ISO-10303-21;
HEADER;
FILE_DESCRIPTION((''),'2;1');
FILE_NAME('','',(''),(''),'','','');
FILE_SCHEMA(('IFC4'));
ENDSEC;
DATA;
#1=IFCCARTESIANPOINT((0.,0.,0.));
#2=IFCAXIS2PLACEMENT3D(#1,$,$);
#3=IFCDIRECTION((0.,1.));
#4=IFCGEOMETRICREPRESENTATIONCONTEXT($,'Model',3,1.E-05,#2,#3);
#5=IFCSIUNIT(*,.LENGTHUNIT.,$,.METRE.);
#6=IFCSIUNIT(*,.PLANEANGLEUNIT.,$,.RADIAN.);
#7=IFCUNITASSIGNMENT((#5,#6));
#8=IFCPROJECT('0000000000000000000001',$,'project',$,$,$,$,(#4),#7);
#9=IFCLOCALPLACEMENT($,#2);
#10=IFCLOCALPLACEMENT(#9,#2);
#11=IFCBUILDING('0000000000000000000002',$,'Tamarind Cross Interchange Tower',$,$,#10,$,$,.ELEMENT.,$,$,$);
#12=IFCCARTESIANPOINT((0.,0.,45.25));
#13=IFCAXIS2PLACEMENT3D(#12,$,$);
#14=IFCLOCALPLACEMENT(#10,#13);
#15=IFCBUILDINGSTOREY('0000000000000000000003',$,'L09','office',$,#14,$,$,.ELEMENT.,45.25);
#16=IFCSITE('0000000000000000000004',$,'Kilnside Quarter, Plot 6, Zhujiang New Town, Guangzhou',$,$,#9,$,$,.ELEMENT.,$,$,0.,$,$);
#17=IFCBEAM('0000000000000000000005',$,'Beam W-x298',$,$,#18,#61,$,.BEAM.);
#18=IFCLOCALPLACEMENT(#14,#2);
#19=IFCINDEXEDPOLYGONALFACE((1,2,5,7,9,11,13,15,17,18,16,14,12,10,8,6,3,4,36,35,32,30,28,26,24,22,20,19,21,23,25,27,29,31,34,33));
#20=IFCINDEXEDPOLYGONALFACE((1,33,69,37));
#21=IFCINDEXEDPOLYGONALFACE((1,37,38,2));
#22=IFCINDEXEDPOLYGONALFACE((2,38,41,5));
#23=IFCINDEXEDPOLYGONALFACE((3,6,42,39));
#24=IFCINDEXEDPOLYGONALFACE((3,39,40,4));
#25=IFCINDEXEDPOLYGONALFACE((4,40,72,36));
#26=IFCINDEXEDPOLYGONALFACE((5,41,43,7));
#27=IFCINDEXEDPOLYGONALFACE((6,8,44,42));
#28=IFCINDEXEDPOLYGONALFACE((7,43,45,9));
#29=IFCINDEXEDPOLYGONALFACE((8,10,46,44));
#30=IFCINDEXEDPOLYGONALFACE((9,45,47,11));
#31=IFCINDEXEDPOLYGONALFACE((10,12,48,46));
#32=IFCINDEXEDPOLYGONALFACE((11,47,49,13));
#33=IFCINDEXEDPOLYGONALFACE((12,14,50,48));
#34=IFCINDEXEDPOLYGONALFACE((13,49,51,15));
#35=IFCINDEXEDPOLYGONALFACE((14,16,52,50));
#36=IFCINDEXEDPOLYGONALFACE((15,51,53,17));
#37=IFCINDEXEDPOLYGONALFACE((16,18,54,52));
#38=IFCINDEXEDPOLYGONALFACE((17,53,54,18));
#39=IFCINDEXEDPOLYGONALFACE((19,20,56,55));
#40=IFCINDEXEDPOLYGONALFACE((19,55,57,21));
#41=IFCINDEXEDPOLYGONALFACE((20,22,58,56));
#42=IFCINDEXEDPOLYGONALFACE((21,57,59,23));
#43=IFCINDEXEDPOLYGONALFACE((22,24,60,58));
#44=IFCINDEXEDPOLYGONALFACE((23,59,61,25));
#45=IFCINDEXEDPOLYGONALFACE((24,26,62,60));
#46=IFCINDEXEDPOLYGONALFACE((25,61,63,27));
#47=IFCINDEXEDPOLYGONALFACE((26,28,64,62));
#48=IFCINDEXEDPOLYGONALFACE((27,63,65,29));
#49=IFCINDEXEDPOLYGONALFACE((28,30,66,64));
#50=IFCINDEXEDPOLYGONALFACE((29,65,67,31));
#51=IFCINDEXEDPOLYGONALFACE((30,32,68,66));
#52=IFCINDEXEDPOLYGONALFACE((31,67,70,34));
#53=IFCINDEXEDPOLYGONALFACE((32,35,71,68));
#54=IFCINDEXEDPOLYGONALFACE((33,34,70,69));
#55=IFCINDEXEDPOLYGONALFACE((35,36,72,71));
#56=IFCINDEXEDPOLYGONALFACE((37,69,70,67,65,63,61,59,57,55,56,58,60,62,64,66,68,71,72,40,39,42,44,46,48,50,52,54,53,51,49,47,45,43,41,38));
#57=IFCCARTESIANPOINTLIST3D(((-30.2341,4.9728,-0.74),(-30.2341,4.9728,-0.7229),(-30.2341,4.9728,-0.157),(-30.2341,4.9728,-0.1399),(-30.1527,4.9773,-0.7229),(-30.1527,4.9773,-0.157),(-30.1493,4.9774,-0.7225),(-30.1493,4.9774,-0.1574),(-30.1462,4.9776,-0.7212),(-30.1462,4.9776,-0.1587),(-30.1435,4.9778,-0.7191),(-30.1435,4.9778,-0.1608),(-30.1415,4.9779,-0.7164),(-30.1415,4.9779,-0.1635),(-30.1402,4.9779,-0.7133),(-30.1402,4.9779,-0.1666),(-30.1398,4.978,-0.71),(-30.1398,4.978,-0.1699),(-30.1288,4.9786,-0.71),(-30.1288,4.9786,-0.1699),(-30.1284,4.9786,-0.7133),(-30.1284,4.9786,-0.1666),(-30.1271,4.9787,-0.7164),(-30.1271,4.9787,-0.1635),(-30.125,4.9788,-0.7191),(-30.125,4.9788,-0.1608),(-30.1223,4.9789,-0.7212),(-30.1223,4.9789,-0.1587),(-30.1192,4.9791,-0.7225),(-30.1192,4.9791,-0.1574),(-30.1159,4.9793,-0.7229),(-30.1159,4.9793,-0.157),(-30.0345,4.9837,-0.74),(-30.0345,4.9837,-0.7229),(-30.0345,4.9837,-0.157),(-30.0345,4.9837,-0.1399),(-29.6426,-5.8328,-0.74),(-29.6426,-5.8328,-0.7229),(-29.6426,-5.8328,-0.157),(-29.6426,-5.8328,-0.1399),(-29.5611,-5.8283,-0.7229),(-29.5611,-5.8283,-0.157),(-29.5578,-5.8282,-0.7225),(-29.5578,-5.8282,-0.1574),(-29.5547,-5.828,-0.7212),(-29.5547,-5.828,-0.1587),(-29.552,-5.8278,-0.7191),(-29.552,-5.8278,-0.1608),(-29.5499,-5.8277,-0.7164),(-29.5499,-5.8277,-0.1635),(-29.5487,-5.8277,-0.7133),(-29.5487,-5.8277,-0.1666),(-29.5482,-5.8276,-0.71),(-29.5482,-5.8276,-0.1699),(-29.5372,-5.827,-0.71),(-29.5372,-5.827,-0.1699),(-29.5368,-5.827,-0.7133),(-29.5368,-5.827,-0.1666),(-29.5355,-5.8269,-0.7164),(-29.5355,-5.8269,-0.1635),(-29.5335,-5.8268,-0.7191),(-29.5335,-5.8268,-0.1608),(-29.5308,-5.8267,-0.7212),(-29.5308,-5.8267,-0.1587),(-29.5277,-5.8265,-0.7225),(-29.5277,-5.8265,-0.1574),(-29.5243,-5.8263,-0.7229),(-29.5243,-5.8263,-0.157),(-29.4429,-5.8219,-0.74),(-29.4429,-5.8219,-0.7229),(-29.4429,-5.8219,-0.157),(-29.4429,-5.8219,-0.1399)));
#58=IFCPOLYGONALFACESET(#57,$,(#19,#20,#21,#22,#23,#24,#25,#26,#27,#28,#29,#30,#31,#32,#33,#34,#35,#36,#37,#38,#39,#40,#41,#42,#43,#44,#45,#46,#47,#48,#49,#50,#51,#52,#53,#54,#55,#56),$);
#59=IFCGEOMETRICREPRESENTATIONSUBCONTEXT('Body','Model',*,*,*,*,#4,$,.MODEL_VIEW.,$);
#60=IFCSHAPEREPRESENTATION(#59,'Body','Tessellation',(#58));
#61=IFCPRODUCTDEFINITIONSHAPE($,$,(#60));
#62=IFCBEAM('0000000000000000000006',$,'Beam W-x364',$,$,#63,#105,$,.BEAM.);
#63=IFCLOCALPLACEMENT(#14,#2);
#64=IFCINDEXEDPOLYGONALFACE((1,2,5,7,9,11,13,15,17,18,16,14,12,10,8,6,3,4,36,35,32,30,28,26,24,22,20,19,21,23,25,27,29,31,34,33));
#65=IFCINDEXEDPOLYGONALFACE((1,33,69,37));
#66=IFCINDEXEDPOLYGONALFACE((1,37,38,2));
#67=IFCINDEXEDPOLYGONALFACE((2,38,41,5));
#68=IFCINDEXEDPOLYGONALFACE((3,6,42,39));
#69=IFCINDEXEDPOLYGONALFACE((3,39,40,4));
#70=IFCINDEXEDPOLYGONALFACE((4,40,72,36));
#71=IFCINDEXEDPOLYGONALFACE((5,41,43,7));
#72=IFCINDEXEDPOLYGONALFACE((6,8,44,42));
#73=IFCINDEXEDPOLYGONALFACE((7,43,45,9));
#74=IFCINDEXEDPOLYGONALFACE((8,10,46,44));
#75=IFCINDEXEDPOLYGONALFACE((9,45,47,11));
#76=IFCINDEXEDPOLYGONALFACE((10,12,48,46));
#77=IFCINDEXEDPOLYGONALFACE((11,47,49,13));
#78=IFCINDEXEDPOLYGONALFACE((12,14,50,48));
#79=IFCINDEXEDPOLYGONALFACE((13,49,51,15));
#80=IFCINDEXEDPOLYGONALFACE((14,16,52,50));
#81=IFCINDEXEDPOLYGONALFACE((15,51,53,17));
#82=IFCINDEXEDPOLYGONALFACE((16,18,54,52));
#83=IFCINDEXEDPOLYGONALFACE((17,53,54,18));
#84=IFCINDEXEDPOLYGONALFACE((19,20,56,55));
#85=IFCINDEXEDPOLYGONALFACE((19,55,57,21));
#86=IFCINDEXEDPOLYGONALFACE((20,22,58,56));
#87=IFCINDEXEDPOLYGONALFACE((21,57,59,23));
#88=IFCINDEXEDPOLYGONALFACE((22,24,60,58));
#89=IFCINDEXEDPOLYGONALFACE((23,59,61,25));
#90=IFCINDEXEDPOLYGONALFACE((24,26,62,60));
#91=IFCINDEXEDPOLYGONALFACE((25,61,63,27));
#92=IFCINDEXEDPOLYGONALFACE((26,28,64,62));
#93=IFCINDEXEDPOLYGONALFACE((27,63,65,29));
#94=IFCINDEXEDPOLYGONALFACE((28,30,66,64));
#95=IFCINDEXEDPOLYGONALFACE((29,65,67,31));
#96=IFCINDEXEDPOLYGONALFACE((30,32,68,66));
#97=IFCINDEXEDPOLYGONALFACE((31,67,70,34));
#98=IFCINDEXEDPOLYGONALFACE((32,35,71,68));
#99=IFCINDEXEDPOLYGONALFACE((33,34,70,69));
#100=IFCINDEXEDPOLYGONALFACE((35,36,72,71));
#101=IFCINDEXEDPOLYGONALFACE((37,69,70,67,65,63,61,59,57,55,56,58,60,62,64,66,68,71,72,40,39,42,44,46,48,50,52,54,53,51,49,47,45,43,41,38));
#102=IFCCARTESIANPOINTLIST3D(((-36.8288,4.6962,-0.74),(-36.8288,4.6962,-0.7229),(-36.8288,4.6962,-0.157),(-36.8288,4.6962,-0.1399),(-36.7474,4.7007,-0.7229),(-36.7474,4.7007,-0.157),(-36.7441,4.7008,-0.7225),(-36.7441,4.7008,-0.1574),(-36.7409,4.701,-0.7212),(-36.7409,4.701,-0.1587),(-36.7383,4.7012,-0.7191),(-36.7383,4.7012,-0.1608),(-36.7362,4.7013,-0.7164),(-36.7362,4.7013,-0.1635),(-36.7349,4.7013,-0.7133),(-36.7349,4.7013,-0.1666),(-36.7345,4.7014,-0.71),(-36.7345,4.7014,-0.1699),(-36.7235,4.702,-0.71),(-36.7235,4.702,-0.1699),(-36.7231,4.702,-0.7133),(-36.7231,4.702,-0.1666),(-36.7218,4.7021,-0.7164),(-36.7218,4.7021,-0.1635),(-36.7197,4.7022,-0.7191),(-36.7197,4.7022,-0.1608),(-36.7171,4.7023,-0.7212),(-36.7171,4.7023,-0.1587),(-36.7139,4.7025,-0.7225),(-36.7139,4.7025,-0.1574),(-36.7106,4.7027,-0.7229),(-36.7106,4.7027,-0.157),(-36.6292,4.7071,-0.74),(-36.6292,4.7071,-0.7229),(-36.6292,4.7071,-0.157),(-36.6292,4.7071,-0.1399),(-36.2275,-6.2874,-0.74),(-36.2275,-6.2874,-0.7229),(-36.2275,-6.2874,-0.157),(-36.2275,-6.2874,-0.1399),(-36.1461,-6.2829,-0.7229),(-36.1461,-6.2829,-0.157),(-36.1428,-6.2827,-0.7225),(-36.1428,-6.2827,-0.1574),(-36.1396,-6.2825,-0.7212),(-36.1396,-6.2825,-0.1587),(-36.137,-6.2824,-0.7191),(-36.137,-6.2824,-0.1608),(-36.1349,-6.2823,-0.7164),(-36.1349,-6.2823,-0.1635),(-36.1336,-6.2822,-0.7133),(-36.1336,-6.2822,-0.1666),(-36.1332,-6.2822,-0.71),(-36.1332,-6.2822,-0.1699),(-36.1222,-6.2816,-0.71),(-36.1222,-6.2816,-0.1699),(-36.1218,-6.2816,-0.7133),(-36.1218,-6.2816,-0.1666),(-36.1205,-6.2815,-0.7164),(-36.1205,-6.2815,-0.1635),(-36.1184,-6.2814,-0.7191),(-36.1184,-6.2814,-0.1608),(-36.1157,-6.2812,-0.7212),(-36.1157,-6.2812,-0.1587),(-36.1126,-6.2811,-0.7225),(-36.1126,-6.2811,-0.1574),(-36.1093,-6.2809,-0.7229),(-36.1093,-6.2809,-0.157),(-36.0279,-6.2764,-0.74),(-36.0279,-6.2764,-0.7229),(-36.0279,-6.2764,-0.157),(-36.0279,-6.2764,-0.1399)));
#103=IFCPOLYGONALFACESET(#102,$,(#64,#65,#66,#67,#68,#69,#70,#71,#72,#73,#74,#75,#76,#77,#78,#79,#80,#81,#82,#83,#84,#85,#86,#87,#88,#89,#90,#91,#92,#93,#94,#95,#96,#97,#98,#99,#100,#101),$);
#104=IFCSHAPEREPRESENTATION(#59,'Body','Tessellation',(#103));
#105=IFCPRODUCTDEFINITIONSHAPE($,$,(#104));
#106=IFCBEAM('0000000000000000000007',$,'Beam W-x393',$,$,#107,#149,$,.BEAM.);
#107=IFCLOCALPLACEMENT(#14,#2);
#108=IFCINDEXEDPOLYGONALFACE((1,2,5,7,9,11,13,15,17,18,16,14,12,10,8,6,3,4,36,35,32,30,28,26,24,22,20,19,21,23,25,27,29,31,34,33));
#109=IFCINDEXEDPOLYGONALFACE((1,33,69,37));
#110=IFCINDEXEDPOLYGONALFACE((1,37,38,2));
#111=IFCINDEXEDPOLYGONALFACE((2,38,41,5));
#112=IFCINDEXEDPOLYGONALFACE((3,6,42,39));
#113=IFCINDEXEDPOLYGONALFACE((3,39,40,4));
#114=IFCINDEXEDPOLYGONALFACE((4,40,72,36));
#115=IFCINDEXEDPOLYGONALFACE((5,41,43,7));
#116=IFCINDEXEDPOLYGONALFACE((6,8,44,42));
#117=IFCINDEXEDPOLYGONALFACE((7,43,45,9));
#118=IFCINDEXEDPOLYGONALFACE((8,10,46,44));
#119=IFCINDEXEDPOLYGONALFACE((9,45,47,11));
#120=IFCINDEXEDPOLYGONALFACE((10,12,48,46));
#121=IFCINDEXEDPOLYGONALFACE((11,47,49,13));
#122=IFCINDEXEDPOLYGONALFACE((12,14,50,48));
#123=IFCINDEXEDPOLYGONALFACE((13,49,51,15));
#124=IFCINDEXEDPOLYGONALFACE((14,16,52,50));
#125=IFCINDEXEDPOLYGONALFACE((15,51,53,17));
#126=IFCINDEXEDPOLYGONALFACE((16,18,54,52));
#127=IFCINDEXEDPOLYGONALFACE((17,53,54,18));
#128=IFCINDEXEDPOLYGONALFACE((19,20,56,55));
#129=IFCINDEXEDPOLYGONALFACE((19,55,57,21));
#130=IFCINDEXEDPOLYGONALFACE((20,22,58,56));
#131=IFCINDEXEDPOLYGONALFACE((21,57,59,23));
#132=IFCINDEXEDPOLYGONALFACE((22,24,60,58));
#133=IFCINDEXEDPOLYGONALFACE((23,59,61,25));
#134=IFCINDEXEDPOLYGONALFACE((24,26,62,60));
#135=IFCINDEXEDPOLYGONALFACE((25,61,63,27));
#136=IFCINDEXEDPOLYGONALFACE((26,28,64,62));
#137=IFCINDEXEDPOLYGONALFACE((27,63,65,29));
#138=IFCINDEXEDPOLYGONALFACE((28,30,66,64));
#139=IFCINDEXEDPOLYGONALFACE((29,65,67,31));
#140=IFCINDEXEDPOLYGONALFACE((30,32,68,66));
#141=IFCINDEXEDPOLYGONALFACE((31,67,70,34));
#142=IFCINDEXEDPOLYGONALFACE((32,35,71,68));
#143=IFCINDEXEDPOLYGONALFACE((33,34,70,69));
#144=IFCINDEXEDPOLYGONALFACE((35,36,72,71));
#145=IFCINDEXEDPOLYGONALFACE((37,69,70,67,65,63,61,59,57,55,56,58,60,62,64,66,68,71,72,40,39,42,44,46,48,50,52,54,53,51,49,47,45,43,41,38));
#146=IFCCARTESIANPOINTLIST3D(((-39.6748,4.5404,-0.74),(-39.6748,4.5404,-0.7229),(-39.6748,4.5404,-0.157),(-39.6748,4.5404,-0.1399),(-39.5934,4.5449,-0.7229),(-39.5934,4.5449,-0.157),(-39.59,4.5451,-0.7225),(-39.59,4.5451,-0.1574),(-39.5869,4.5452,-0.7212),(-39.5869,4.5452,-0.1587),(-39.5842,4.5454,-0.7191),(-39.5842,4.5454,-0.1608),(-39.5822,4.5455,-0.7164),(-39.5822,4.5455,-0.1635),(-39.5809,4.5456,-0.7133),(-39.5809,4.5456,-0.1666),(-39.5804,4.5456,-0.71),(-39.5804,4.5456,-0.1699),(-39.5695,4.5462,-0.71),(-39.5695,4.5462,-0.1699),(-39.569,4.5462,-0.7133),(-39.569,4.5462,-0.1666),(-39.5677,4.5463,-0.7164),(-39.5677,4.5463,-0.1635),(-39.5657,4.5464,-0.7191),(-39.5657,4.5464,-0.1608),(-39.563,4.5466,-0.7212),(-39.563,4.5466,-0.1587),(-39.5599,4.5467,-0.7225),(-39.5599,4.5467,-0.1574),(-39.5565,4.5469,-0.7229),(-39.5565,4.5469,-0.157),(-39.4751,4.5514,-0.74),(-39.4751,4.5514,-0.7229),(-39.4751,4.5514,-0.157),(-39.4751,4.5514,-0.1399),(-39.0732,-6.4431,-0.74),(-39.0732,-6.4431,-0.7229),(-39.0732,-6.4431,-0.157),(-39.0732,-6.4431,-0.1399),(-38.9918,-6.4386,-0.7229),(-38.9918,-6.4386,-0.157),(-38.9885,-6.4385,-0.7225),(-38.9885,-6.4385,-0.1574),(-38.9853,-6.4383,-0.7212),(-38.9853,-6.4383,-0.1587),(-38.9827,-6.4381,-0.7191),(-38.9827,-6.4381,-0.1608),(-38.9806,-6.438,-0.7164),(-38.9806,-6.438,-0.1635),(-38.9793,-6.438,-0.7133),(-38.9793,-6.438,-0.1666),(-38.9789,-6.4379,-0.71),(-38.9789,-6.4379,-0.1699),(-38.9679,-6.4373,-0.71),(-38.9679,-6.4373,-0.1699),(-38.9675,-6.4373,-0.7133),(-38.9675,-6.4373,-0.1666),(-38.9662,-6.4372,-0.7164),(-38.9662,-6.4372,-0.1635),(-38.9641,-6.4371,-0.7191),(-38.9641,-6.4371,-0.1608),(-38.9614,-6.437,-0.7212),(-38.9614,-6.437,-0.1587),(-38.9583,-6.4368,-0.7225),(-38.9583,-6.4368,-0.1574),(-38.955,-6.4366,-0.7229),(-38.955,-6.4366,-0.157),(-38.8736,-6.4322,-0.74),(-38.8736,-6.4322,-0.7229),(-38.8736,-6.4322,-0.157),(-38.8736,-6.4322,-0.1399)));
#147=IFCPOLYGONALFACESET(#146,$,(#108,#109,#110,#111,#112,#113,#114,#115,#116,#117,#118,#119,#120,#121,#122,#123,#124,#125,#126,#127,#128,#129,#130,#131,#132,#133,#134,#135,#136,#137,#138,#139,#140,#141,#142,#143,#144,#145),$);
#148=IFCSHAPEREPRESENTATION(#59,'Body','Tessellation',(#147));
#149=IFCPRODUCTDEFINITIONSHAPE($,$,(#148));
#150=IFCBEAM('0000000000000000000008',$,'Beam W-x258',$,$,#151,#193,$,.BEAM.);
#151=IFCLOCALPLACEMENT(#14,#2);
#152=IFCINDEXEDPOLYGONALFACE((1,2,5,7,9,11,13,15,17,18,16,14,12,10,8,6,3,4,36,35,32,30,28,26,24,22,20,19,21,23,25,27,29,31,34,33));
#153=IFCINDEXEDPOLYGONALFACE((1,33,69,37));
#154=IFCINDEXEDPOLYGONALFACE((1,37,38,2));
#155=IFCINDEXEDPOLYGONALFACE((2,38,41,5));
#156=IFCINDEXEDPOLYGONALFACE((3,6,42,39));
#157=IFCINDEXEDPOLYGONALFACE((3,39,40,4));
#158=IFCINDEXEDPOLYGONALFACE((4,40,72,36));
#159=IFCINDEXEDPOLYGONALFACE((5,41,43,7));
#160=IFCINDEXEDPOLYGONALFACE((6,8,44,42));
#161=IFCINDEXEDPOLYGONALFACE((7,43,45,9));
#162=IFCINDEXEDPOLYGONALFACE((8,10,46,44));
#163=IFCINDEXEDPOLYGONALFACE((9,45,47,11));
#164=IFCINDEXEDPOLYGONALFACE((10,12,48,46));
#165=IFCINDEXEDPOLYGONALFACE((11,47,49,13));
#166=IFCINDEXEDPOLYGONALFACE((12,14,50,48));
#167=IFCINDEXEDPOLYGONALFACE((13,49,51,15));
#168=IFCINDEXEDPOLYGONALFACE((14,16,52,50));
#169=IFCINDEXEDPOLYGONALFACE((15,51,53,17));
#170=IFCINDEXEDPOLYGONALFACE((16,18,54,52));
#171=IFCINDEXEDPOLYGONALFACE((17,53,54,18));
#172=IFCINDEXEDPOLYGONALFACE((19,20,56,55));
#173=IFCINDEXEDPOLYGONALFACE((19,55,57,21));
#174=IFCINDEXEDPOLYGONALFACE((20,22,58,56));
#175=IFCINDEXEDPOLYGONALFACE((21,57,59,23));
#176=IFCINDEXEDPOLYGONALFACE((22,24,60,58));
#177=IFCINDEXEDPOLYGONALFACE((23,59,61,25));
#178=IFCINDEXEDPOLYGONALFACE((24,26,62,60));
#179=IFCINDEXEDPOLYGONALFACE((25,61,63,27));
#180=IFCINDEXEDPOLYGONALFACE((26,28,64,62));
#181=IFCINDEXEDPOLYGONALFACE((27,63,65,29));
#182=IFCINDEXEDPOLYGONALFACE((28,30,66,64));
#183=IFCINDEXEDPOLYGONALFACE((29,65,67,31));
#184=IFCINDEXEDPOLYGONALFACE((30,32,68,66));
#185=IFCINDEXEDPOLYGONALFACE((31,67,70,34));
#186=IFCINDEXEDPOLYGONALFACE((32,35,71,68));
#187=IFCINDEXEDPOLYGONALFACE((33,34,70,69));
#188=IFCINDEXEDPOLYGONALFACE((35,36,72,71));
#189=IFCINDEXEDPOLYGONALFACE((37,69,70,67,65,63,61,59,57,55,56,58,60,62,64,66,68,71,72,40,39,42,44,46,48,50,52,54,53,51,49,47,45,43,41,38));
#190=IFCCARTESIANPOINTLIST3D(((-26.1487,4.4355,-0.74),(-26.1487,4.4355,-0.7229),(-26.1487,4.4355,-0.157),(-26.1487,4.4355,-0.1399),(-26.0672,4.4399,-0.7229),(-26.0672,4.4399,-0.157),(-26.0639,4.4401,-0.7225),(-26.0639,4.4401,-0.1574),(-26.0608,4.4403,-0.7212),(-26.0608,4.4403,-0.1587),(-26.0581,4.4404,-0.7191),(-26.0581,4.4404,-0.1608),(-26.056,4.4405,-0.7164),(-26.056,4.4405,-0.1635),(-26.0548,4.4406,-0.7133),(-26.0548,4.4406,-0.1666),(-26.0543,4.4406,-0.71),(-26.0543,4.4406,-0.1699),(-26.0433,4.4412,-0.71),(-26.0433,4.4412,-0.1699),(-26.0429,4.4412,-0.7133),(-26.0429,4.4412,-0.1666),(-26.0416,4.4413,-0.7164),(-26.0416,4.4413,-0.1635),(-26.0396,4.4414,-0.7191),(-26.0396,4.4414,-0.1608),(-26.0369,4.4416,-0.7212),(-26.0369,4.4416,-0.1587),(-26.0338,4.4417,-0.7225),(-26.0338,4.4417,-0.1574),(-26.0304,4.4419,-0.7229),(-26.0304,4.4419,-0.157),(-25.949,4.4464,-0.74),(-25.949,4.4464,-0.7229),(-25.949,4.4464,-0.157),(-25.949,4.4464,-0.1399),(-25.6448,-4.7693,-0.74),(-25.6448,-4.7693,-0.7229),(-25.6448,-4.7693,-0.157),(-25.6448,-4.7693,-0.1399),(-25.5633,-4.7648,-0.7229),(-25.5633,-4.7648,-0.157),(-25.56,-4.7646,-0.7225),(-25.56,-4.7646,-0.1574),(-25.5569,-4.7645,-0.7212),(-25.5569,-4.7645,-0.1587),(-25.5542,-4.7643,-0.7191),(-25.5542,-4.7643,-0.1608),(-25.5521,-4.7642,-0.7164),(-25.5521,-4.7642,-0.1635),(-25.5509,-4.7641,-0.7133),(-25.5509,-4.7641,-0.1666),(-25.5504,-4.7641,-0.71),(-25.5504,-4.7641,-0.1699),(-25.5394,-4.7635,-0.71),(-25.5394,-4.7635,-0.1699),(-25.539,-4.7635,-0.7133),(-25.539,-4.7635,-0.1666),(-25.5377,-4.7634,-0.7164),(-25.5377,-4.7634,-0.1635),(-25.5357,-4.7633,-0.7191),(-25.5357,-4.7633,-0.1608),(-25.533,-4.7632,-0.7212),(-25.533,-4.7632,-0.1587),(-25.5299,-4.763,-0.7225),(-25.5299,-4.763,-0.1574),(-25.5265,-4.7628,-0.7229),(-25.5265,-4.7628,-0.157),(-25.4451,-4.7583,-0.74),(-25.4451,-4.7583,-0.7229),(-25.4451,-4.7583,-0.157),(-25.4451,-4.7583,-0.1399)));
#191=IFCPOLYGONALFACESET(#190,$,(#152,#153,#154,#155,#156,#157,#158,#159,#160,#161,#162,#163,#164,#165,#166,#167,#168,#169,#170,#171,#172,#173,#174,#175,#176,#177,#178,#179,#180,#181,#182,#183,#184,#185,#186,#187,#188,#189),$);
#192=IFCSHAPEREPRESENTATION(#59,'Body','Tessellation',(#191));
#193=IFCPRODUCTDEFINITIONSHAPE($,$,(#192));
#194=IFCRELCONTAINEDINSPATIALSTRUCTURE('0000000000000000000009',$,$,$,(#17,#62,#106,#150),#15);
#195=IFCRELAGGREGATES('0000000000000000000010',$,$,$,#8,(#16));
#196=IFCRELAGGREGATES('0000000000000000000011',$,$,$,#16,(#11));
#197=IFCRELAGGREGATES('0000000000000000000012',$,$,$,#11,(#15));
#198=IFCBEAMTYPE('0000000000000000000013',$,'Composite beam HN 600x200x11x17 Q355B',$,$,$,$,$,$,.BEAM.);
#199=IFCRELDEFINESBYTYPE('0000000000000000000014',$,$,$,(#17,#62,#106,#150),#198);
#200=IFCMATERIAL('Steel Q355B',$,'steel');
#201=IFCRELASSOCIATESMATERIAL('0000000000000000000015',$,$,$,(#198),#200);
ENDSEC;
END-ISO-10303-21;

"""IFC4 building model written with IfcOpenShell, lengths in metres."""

from ifc_helpers import new_model, si_unit, direction, frame, origin, origin_2d, place, context, subcontext, project, spatial, i_section, extrude, material, material_profile, profile_set, type_object, element, save


model = new_model("IFC4")

# Units and contexts
model_context = context("Model", 3, precision=1e-05, world=origin(), true_north=direction((0.0, 1.0)))
body_context = subcontext(model_context, "Body", "Model", "MODEL_VIEW")
ifc_project = project(units=[si_unit("LENGTHUNIT", "METRE"), si_unit("PLANEANGLEUNIT", "RADIAN")], contexts=[model_context])

# Site, building, storey
site_placement = place(None, origin())
site = spatial("IfcSite", under=ifc_project, at=site_placement, Name="Kilnside Quarter, Plot 6, Zhujiang New Town, Guangzhou", CompositionType="ELEMENT", RefElevation=0.0)
building_placement = place(site_placement, origin())
building = spatial("IfcBuilding", under=site, at=building_placement, Name="Tamarind Cross Interchange Tower", CompositionType="ELEMENT")
storey_placement = place(building_placement, frame((0.0, 0.0, 45.25)))
storey = spatial("IfcBuildingStorey", under=building, at=storey_placement, Name="L09", Description="office", CompositionType="ELEMENT", Elevation=45.25)

# Beams
ifc_material_1 = material(Name="Steel Q355B", Category="steel")
ifc_material_profile_1 = material_profile(ifc_material_1, i_section(OverallWidth=0.2, OverallDepth=0.6001, WebThickness=0.011, FlangeThickness=0.0171, FilletRadius=0.0129, at=origin_2d()), Name="HN 600x200x11x17")
ifc_profile_set_1 = profile_set([ifc_material_profile_1], Name="Steel Q355B")
beam_type_1 = type_object("IfcBeamType", Name="Composite beam HN 600x200x11x17 Q355B", PredefinedType="BEAM", material=ifc_profile_set_1)
beam_1_placement = place(storey_placement, frame((-30.1343, 4.9783, -0.4399), z_axis=(0.054663, -0.998505, 0.0), x_axis=(0.998505, 0.054663, 0.0)))
element("IfcBeam", 1, at=beam_1_placement, inside=storey, type_object=beam_type_1, Name="Beam W-x298", PredefinedType="BEAM", context=body_context, shape_type="SweptSolid", body=[
    extrude(i_section(OverallWidth=0.2, OverallDepth=0.6001, WebThickness=0.011, FlangeThickness=0.0171, FilletRadius=0.0129, at=origin_2d()), origin(), (0.0, 0.0, 1.0), 10.8218),
])
for number, where, z_axis, x_axis, name in (
    (2, (-36.729, 4.7017, -0.4399), (0.054665, -0.998505, 0.0), (0.998505, 0.054665, 0.0), "Beam W-x364"),
    (3, (-39.575, 4.5459, -0.4399), (0.054687, -0.998504, 0.0), (0.998504, 0.054687, 0.0), "Beam W-x393"),
):
    element("IfcBeam", number, at=place(storey_placement, frame(where, z_axis=z_axis, x_axis=x_axis)), inside=storey, type_object=beam_type_1, Name=name, PredefinedType="BEAM", context=body_context, shape_type="SweptSolid", body=[
        extrude(i_section(OverallWidth=0.2, OverallDepth=0.6001, WebThickness=0.011, FlangeThickness=0.0171, FilletRadius=0.0129, at=origin_2d()), origin(), (0.0, 0.0, 1.0), 11.0),
    ])
beam_2_placement = place(storey_placement, frame((-26.0488, 4.4409, -0.4399), z_axis=(0.054662, -0.998505, 0.0), x_axis=(0.998505, 0.054662, 0.0)))
element("IfcBeam", 4, at=beam_2_placement, inside=storey, type_object=beam_type_1, Name="Beam W-x258", PredefinedType="BEAM", context=body_context, shape_type="SweptSolid", body=[
    extrude(i_section(OverallWidth=0.2, OverallDepth=0.6001, WebThickness=0.011, FlangeThickness=0.0171, FilletRadius=0.0129, at=origin_2d()), origin(), (0.0, 0.0, 1.0), 9.2185),
])

save(model, "model.ifc")
